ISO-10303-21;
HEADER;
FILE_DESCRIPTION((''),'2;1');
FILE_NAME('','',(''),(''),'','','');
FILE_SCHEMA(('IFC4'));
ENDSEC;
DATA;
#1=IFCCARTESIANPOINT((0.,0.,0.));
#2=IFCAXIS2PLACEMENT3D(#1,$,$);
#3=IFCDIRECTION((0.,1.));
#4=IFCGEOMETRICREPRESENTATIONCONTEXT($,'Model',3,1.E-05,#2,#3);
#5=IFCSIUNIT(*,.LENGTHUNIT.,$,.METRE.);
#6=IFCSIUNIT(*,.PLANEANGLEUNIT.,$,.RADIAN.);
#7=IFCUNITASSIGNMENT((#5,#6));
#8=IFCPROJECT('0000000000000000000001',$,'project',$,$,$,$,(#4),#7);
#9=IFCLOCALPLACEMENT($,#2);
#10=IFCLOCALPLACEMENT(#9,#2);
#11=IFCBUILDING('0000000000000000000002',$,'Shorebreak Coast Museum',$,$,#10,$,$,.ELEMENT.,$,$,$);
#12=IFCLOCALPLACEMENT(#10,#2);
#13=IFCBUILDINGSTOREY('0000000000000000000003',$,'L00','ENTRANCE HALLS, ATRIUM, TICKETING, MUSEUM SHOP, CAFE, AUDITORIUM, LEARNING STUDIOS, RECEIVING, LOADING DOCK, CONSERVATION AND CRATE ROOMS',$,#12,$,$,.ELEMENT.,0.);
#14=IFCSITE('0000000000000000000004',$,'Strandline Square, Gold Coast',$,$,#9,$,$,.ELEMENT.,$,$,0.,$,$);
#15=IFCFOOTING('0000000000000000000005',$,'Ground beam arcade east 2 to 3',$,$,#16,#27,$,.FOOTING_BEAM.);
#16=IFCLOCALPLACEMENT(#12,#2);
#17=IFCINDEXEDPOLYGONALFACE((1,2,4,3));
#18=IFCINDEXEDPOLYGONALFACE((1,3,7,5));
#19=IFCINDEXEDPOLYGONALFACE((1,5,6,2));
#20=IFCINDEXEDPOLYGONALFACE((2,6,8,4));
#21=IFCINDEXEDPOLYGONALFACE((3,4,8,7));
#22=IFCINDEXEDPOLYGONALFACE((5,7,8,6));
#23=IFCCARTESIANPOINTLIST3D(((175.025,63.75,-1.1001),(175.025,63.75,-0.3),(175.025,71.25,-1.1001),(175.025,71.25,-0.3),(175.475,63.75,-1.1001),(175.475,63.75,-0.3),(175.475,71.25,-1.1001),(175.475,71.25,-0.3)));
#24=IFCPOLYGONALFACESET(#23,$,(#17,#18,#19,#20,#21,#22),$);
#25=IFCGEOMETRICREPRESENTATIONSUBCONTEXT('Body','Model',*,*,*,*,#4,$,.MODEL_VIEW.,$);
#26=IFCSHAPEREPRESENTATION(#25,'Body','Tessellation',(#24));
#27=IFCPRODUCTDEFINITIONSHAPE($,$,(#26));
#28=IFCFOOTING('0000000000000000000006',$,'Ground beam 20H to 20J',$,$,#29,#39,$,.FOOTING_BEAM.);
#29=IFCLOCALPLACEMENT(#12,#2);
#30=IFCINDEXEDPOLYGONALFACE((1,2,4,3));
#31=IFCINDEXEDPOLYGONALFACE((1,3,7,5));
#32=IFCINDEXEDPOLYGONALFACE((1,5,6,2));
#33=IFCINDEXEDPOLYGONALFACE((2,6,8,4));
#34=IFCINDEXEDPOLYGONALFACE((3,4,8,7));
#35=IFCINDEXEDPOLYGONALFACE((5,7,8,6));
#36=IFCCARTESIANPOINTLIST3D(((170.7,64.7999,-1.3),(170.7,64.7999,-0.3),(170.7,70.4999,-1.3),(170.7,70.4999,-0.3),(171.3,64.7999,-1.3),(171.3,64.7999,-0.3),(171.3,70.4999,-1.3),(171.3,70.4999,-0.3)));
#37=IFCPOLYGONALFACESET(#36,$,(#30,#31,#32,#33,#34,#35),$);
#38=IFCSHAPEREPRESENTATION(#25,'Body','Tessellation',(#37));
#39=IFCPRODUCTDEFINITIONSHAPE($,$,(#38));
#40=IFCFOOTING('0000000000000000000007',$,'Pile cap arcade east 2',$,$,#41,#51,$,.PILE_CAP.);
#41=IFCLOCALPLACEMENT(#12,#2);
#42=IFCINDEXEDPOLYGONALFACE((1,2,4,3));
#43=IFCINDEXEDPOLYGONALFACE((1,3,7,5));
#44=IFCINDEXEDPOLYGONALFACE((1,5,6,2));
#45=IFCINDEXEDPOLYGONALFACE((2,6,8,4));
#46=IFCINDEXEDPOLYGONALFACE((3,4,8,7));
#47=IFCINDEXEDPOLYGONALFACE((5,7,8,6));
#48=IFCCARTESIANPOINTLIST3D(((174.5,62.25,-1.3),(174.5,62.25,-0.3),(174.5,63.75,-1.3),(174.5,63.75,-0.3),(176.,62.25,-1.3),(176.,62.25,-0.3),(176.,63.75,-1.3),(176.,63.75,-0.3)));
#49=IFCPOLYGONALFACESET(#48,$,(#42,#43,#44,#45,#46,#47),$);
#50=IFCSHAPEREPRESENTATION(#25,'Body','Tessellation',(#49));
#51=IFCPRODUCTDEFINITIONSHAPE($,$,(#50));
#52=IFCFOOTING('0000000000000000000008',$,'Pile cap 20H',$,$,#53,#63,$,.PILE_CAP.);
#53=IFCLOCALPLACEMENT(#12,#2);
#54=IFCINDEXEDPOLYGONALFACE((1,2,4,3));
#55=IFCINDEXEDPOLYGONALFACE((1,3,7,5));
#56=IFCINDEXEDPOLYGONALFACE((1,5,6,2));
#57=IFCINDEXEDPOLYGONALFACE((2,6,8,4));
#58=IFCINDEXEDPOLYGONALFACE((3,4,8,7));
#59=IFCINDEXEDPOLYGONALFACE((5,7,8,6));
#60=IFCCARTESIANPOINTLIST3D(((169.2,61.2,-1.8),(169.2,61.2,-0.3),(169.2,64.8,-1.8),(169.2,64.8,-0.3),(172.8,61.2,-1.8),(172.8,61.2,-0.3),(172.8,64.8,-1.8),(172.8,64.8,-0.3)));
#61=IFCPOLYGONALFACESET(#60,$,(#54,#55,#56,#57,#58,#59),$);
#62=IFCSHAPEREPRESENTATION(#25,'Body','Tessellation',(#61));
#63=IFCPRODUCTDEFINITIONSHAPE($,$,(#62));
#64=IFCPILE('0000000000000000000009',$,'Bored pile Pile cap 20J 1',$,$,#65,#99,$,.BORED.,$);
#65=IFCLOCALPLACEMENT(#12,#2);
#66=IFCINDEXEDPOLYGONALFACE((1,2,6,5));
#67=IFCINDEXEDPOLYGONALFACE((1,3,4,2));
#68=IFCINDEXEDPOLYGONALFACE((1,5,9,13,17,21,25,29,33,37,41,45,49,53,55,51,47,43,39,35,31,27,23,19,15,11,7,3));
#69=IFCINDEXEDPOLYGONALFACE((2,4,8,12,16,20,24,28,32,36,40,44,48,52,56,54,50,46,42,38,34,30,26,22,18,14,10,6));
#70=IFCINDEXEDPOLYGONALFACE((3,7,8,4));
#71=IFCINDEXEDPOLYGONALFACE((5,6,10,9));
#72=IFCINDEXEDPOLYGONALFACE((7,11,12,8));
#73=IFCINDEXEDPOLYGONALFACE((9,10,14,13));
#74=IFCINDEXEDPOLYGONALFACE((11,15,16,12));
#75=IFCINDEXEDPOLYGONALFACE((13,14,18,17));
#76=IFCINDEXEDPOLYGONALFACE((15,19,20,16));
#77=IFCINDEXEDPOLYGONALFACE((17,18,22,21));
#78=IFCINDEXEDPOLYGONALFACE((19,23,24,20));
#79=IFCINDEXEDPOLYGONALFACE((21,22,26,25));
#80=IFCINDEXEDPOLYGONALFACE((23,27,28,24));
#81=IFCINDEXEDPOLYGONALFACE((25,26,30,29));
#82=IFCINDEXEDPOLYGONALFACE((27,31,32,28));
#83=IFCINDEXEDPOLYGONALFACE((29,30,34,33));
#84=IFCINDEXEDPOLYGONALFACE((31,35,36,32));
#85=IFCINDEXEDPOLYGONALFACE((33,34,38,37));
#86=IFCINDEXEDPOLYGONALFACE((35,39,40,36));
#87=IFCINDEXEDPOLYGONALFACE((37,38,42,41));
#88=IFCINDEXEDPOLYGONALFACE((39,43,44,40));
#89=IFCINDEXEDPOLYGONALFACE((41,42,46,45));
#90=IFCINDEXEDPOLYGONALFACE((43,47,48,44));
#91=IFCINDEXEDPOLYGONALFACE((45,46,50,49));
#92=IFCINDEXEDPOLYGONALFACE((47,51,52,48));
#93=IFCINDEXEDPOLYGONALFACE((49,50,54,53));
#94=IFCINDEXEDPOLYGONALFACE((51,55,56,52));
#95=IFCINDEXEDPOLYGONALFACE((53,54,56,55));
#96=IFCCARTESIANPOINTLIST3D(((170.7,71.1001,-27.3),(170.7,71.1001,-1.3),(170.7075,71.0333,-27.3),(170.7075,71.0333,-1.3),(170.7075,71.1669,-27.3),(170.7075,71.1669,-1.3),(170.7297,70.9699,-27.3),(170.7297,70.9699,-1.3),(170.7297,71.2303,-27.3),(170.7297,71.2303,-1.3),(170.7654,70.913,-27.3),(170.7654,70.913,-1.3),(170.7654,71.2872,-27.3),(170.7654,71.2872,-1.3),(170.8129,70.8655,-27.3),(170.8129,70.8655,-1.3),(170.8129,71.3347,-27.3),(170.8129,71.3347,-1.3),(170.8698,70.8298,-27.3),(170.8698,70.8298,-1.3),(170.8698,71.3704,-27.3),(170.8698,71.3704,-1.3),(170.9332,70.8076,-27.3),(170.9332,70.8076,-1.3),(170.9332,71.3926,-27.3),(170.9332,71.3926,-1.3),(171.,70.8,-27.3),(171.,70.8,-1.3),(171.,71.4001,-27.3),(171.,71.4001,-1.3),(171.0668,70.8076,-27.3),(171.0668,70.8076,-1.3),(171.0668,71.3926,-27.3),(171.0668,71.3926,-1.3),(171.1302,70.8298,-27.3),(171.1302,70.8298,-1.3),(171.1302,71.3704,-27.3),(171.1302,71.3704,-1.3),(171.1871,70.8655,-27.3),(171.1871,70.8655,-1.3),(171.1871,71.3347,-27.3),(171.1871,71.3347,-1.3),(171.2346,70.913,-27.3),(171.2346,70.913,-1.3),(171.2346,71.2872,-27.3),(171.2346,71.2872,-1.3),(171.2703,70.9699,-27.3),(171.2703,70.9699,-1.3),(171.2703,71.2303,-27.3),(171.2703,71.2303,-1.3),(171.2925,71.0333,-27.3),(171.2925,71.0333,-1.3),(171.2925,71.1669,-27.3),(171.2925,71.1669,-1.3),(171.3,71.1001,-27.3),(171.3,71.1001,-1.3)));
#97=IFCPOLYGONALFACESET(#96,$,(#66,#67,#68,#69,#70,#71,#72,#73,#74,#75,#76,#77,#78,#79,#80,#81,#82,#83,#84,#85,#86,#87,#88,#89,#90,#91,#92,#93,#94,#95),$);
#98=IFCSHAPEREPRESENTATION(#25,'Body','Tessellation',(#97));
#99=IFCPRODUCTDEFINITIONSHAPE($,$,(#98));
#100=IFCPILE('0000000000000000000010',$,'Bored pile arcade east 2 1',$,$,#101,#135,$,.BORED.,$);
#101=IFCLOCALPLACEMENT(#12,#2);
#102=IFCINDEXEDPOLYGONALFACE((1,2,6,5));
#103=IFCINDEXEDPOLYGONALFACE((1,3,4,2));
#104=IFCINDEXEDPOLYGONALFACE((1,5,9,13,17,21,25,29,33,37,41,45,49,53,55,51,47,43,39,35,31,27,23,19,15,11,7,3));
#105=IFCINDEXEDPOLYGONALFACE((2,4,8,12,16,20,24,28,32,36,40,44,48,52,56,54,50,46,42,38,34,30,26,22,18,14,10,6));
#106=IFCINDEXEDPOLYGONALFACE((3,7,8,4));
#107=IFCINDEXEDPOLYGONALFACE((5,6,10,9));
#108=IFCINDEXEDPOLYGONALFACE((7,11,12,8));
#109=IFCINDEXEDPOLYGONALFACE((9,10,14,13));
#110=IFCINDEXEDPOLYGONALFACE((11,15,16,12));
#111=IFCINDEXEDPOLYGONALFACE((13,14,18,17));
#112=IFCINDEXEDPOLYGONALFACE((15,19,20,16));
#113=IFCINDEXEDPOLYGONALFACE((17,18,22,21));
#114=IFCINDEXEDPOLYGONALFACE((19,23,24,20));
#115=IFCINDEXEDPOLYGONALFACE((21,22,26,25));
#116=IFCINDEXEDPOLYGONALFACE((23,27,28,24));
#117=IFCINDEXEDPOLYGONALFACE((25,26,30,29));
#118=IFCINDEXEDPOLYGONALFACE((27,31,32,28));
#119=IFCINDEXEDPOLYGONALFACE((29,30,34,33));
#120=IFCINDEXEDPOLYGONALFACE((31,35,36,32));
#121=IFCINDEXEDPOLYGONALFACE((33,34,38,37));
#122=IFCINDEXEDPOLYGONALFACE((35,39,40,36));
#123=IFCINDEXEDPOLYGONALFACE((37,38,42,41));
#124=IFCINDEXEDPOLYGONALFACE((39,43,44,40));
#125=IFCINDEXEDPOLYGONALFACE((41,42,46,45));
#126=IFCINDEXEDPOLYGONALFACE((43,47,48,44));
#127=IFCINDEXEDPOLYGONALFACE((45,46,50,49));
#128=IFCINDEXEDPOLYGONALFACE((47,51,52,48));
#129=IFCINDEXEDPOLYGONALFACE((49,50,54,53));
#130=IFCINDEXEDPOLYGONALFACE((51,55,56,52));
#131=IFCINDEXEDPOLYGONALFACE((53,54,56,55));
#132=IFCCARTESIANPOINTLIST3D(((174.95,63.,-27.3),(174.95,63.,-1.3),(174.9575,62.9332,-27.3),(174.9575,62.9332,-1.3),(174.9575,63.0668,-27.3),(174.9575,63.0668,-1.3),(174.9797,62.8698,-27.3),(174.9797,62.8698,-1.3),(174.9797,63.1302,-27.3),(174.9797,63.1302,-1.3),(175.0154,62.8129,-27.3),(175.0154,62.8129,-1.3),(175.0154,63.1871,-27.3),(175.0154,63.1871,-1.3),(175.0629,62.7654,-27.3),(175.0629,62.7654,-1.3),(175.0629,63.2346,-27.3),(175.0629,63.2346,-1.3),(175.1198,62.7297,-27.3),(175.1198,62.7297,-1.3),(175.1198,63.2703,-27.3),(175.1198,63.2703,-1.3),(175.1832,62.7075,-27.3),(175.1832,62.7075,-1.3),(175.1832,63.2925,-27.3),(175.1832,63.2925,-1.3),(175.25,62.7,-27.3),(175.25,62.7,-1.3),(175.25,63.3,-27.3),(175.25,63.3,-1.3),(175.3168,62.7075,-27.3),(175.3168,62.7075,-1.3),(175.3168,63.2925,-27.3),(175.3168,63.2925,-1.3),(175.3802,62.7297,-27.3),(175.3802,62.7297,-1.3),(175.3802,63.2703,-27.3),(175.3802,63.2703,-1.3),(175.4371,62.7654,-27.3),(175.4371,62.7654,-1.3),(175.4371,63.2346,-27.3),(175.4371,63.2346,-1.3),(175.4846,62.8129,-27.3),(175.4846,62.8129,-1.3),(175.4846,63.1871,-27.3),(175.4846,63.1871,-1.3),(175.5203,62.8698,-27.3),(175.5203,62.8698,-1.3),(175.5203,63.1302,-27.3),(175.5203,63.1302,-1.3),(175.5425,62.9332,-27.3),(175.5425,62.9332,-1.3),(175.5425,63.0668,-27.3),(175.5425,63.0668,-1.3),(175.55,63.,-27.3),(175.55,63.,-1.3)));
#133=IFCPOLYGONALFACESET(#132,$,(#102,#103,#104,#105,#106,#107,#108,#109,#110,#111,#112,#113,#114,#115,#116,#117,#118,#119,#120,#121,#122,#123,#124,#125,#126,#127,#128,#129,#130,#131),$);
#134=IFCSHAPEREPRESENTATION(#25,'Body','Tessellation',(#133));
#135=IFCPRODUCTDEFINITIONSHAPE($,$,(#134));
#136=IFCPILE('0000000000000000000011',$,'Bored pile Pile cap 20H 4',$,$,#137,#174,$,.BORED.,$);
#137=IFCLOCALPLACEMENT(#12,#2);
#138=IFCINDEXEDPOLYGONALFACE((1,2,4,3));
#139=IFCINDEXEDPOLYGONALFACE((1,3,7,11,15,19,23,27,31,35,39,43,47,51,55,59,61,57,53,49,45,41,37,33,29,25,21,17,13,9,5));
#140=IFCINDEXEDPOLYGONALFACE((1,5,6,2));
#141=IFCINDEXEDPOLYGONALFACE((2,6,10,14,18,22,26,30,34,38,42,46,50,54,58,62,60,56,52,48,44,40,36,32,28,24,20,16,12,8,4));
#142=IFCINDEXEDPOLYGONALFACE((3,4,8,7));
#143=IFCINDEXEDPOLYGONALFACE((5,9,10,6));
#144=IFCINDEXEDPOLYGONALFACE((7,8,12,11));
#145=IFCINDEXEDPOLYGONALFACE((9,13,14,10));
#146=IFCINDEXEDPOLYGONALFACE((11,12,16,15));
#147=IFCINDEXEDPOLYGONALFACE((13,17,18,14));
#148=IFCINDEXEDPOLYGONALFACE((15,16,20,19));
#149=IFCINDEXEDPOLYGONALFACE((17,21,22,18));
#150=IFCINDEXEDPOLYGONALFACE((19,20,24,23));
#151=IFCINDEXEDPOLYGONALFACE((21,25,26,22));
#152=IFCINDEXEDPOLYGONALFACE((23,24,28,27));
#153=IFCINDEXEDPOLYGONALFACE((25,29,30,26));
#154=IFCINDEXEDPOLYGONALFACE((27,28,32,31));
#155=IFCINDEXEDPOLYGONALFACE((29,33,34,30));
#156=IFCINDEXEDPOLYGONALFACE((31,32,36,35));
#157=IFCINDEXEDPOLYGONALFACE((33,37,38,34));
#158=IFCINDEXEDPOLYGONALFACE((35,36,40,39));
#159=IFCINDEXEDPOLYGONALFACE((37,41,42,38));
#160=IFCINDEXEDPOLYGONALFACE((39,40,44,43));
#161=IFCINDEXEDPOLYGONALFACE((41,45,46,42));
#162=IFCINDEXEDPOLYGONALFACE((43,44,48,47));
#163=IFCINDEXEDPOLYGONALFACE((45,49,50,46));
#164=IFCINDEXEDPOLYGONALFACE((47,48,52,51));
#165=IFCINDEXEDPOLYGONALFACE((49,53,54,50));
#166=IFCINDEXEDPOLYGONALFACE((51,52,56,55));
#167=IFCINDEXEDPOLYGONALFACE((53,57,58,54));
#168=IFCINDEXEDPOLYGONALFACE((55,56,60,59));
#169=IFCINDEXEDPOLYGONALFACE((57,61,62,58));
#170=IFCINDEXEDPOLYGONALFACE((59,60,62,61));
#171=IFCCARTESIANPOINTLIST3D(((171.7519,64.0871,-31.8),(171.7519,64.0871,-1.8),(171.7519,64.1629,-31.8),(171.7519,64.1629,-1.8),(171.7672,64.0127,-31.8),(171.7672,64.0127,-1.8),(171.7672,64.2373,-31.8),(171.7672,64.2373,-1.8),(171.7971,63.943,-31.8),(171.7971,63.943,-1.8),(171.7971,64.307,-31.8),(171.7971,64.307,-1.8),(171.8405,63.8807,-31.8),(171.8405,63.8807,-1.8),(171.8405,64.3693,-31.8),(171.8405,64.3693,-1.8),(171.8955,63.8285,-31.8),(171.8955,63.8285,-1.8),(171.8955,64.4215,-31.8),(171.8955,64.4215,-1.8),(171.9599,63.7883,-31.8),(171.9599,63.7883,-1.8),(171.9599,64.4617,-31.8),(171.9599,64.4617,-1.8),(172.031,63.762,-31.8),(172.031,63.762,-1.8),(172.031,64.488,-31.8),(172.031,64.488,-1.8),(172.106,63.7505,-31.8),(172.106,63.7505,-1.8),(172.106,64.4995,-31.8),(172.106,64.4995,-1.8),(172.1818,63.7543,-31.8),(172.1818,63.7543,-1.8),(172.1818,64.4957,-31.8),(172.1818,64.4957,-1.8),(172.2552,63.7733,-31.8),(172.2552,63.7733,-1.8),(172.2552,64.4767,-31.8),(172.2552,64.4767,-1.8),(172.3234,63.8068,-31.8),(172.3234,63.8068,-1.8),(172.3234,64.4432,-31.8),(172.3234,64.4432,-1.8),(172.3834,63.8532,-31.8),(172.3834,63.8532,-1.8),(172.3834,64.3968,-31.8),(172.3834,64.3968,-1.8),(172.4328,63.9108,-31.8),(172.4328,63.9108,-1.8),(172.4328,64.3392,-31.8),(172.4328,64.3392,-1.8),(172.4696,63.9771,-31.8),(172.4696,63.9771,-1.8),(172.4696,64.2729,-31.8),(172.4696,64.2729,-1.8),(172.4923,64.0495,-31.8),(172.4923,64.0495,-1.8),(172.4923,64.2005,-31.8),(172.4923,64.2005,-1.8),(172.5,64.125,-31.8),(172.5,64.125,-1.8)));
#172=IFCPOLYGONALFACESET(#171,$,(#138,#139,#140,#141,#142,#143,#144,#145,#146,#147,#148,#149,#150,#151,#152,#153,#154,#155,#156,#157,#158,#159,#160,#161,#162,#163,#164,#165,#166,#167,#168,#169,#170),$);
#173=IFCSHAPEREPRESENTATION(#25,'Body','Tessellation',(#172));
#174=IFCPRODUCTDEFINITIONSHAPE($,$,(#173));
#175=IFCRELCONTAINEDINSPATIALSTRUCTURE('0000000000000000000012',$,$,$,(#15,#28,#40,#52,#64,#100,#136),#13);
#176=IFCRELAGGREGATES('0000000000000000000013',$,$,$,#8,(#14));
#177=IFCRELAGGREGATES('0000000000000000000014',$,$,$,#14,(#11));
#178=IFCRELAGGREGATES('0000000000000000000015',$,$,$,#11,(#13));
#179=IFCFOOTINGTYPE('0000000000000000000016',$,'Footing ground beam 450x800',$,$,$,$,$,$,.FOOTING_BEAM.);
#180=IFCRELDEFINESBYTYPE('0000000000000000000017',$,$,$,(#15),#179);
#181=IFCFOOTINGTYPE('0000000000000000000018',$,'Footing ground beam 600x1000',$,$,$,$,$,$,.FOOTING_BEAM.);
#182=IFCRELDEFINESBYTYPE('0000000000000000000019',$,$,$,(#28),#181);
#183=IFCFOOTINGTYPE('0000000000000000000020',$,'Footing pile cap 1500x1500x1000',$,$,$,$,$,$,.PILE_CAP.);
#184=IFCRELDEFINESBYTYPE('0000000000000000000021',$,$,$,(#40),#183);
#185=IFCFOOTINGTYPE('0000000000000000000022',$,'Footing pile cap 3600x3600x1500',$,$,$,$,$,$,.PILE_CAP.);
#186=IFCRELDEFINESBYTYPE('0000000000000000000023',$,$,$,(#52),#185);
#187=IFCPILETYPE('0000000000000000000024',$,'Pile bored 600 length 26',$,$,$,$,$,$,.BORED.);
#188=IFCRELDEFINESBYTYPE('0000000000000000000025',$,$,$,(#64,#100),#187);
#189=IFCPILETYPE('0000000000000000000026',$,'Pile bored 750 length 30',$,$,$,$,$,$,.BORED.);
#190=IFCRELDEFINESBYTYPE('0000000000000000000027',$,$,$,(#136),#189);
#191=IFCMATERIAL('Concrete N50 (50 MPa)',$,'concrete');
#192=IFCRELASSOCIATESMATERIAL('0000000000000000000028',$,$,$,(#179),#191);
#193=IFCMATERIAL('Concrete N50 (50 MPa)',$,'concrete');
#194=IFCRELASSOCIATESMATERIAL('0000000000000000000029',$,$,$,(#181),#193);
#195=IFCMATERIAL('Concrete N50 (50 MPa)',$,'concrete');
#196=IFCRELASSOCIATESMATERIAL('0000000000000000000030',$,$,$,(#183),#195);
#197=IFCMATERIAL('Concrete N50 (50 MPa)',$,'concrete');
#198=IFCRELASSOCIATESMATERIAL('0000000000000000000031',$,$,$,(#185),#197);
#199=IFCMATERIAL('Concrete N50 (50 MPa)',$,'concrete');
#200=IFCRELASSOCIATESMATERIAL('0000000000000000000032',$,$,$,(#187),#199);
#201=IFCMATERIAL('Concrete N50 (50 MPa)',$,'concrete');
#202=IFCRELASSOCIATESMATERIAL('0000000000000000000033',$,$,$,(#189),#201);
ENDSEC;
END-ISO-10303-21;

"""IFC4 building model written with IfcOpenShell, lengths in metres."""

from ifc_helpers import new_model, si_unit, direction, frame, origin, origin_2d, place, context, subcontext, project, spatial, rectangle, circle, extrude, material, material_profile, profile_set, type_object, element, save


model = new_model("IFC4")

# Units and contexts
model_context = context("Model", 3, precision=1e-05, world=origin(), true_north=direction((0.0, 1.0)))
body_context = subcontext(model_context, "Body", "Model", "MODEL_VIEW")
ifc_project = project(units=[si_unit("LENGTHUNIT", "METRE"), si_unit("PLANEANGLEUNIT", "RADIAN")], contexts=[model_context])

# Site, building, storey
site_placement = place(None, origin())
site = spatial("IfcSite", under=ifc_project, at=site_placement, Name="Strandline Square, Gold Coast", CompositionType="ELEMENT", RefElevation=0.0)
building_placement = place(site_placement, origin())
building = spatial("IfcBuilding", under=site, at=building_placement, Name="Shorebreak Coast Museum", CompositionType="ELEMENT")
storey_placement = place(building_placement, origin())
storey = spatial("IfcBuildingStorey", under=building, at=storey_placement, Name="L00", Description="ENTRANCE HALLS, ATRIUM, TICKETING, MUSEUM SHOP, CAFE, AUDITORIUM, LEARNING STUDIOS, RECEIVING, LOADING DOCK, CONSERVATION AND CRATE ROOMS", CompositionType="ELEMENT", Elevation=0.0)

# Footings
ifc_material_1 = material(Name="Concrete N50 (50 MPa)", Category="concrete")
footing_type_1 = type_object("IfcFootingType", Name="Footing ground beam 450x800", PredefinedType="FOOTING_BEAM", material=ifc_material_1)
footing_1_placement = place(storey_placement, frame((175.25, 67.5, -1.1001), z_axis=(0.0, 0.0, 1.0), x_axis=(1.0, 0.0, 0.0)))
element("IfcFooting", 1, at=footing_1_placement, inside=storey, type_object=footing_type_1, Name="Ground beam arcade east 2 to 3", PredefinedType="FOOTING_BEAM", context=body_context, shape_type="SweptSolid", body=[
    extrude(rectangle(XDim=0.45, YDim=7.5, at=origin_2d()), origin(), (0.0, 0.0, 1.0), 0.8),
])
ifc_material_2 = material(Name="Concrete N50 (50 MPa)", Category="concrete")
footing_type_2 = type_object("IfcFootingType", Name="Footing ground beam 600x1000", PredefinedType="FOOTING_BEAM", material=ifc_material_2)
footing_2_placement = place(storey_placement, frame((171.0, 67.6499, -1.3), z_axis=(0.0, 0.0, 1.0), x_axis=(1.0, 0.0, 0.0)))
element("IfcFooting", 2, at=footing_2_placement, inside=storey, type_object=footing_type_2, Name="Ground beam 20H to 20J", PredefinedType="FOOTING_BEAM", context=body_context, shape_type="SweptSolid", body=[
    extrude(rectangle(XDim=0.6001, YDim=5.7, at=origin_2d()), origin(), (0.0, 0.0, 1.0), 1.0),
])
ifc_material_3 = material(Name="Concrete N50 (50 MPa)", Category="concrete")
footing_type_3 = type_object("IfcFootingType", Name="Footing pile cap 1500x1500x1000", PredefinedType="PILE_CAP", material=ifc_material_3)
footing_3_placement = place(storey_placement, frame((175.25, 63.0, -1.3), z_axis=(0.0, 0.0, 1.0), x_axis=(1.0, 0.0, 0.0)))
element("IfcFooting", 3, at=footing_3_placement, inside=storey, type_object=footing_type_3, Name="Pile cap arcade east 2", PredefinedType="PILE_CAP", context=body_context, shape_type="SweptSolid", body=[
    extrude(rectangle(XDim=1.5, YDim=1.5, at=origin_2d()), origin(), (0.0, 0.0, 1.0), 1.0),
])
ifc_material_4 = material(Name="Concrete N50 (50 MPa)", Category="concrete")
footing_type_4 = type_object("IfcFootingType", Name="Footing pile cap 3600x3600x1500", PredefinedType="PILE_CAP", material=ifc_material_4)
footing_4_placement = place(storey_placement, frame((171.0, 63.0, -1.8), z_axis=(0.0, 0.0, 1.0), x_axis=(1.0, 0.0, 0.0)))
element("IfcFooting", 4, at=footing_4_placement, inside=storey, type_object=footing_type_4, Name="Pile cap 20H", PredefinedType="PILE_CAP", context=body_context, shape_type="SweptSolid", body=[
    extrude(rectangle(XDim=3.6001, YDim=3.6001, at=origin_2d()), origin(), (0.0, 0.0, 1.0), 1.5),
])

# Piles
ifc_material_5 = material(Name="Concrete N50 (50 MPa)", Category="concrete")
ifc_material_profile_1 = material_profile(ifc_material_5, circle(Radius=0.3, at=origin_2d()), Name="Pile bored 600 length 26")
ifc_profile_set_1 = profile_set([ifc_material_profile_1], Name="Concrete N50 (50 MPa)")
pile_type_1 = type_object("IfcPileType", Name="Pile bored 600 length 26", PredefinedType="BORED", material=ifc_profile_set_1)
for number, where, z_axis, x_axis, name in (
    (5, (171.0, 71.1001, -1.3), (0.0, 0.0, -1.0), (1.0, 0.0, 0.0), "Bored pile Pile cap 20J 1"),
    (6, (175.25, 63.0, -1.3), (0.0, 0.0, -1.0), (1.0, 0.0, 0.0), "Bored pile arcade east 2 1"),
):
    element("IfcPile", number, at=place(storey_placement, frame(where, z_axis=z_axis, x_axis=x_axis)), inside=storey, type_object=pile_type_1, Name=name, PredefinedType="BORED", context=body_context, shape_type="SweptSolid", body=[
        extrude(circle(Radius=0.3, at=origin_2d()), origin(), (0.0, 0.0, 1.0), 26.0),
    ])
ifc_material_6 = material(Name="Concrete N50 (50 MPa)", Category="concrete")
ifc_material_profile_2 = material_profile(ifc_material_6, circle(Radius=0.375, at=origin_2d()), Name="Pile bored 750 length 30")
ifc_profile_set_2 = profile_set([ifc_material_profile_2], Name="Concrete N50 (50 MPa)")
pile_type_2 = type_object("IfcPileType", Name="Pile bored 750 length 30", PredefinedType="BORED", material=ifc_profile_set_2)
pile_placement = place(storey_placement, frame((172.125, 64.125, -1.8), z_axis=(0.0, 0.0, -1.0), x_axis=(1.0, 0.0, 0.0)))
element("IfcPile", 7, at=pile_placement, inside=storey, type_object=pile_type_2, Name="Bored pile Pile cap 20H 4", PredefinedType="BORED", context=body_context, shape_type="SweptSolid", body=[
    extrude(circle(Radius=0.375, at=origin_2d()), origin(), (0.0, 0.0, 1.0), 30.0),
])

save(model, "model.ifc")
